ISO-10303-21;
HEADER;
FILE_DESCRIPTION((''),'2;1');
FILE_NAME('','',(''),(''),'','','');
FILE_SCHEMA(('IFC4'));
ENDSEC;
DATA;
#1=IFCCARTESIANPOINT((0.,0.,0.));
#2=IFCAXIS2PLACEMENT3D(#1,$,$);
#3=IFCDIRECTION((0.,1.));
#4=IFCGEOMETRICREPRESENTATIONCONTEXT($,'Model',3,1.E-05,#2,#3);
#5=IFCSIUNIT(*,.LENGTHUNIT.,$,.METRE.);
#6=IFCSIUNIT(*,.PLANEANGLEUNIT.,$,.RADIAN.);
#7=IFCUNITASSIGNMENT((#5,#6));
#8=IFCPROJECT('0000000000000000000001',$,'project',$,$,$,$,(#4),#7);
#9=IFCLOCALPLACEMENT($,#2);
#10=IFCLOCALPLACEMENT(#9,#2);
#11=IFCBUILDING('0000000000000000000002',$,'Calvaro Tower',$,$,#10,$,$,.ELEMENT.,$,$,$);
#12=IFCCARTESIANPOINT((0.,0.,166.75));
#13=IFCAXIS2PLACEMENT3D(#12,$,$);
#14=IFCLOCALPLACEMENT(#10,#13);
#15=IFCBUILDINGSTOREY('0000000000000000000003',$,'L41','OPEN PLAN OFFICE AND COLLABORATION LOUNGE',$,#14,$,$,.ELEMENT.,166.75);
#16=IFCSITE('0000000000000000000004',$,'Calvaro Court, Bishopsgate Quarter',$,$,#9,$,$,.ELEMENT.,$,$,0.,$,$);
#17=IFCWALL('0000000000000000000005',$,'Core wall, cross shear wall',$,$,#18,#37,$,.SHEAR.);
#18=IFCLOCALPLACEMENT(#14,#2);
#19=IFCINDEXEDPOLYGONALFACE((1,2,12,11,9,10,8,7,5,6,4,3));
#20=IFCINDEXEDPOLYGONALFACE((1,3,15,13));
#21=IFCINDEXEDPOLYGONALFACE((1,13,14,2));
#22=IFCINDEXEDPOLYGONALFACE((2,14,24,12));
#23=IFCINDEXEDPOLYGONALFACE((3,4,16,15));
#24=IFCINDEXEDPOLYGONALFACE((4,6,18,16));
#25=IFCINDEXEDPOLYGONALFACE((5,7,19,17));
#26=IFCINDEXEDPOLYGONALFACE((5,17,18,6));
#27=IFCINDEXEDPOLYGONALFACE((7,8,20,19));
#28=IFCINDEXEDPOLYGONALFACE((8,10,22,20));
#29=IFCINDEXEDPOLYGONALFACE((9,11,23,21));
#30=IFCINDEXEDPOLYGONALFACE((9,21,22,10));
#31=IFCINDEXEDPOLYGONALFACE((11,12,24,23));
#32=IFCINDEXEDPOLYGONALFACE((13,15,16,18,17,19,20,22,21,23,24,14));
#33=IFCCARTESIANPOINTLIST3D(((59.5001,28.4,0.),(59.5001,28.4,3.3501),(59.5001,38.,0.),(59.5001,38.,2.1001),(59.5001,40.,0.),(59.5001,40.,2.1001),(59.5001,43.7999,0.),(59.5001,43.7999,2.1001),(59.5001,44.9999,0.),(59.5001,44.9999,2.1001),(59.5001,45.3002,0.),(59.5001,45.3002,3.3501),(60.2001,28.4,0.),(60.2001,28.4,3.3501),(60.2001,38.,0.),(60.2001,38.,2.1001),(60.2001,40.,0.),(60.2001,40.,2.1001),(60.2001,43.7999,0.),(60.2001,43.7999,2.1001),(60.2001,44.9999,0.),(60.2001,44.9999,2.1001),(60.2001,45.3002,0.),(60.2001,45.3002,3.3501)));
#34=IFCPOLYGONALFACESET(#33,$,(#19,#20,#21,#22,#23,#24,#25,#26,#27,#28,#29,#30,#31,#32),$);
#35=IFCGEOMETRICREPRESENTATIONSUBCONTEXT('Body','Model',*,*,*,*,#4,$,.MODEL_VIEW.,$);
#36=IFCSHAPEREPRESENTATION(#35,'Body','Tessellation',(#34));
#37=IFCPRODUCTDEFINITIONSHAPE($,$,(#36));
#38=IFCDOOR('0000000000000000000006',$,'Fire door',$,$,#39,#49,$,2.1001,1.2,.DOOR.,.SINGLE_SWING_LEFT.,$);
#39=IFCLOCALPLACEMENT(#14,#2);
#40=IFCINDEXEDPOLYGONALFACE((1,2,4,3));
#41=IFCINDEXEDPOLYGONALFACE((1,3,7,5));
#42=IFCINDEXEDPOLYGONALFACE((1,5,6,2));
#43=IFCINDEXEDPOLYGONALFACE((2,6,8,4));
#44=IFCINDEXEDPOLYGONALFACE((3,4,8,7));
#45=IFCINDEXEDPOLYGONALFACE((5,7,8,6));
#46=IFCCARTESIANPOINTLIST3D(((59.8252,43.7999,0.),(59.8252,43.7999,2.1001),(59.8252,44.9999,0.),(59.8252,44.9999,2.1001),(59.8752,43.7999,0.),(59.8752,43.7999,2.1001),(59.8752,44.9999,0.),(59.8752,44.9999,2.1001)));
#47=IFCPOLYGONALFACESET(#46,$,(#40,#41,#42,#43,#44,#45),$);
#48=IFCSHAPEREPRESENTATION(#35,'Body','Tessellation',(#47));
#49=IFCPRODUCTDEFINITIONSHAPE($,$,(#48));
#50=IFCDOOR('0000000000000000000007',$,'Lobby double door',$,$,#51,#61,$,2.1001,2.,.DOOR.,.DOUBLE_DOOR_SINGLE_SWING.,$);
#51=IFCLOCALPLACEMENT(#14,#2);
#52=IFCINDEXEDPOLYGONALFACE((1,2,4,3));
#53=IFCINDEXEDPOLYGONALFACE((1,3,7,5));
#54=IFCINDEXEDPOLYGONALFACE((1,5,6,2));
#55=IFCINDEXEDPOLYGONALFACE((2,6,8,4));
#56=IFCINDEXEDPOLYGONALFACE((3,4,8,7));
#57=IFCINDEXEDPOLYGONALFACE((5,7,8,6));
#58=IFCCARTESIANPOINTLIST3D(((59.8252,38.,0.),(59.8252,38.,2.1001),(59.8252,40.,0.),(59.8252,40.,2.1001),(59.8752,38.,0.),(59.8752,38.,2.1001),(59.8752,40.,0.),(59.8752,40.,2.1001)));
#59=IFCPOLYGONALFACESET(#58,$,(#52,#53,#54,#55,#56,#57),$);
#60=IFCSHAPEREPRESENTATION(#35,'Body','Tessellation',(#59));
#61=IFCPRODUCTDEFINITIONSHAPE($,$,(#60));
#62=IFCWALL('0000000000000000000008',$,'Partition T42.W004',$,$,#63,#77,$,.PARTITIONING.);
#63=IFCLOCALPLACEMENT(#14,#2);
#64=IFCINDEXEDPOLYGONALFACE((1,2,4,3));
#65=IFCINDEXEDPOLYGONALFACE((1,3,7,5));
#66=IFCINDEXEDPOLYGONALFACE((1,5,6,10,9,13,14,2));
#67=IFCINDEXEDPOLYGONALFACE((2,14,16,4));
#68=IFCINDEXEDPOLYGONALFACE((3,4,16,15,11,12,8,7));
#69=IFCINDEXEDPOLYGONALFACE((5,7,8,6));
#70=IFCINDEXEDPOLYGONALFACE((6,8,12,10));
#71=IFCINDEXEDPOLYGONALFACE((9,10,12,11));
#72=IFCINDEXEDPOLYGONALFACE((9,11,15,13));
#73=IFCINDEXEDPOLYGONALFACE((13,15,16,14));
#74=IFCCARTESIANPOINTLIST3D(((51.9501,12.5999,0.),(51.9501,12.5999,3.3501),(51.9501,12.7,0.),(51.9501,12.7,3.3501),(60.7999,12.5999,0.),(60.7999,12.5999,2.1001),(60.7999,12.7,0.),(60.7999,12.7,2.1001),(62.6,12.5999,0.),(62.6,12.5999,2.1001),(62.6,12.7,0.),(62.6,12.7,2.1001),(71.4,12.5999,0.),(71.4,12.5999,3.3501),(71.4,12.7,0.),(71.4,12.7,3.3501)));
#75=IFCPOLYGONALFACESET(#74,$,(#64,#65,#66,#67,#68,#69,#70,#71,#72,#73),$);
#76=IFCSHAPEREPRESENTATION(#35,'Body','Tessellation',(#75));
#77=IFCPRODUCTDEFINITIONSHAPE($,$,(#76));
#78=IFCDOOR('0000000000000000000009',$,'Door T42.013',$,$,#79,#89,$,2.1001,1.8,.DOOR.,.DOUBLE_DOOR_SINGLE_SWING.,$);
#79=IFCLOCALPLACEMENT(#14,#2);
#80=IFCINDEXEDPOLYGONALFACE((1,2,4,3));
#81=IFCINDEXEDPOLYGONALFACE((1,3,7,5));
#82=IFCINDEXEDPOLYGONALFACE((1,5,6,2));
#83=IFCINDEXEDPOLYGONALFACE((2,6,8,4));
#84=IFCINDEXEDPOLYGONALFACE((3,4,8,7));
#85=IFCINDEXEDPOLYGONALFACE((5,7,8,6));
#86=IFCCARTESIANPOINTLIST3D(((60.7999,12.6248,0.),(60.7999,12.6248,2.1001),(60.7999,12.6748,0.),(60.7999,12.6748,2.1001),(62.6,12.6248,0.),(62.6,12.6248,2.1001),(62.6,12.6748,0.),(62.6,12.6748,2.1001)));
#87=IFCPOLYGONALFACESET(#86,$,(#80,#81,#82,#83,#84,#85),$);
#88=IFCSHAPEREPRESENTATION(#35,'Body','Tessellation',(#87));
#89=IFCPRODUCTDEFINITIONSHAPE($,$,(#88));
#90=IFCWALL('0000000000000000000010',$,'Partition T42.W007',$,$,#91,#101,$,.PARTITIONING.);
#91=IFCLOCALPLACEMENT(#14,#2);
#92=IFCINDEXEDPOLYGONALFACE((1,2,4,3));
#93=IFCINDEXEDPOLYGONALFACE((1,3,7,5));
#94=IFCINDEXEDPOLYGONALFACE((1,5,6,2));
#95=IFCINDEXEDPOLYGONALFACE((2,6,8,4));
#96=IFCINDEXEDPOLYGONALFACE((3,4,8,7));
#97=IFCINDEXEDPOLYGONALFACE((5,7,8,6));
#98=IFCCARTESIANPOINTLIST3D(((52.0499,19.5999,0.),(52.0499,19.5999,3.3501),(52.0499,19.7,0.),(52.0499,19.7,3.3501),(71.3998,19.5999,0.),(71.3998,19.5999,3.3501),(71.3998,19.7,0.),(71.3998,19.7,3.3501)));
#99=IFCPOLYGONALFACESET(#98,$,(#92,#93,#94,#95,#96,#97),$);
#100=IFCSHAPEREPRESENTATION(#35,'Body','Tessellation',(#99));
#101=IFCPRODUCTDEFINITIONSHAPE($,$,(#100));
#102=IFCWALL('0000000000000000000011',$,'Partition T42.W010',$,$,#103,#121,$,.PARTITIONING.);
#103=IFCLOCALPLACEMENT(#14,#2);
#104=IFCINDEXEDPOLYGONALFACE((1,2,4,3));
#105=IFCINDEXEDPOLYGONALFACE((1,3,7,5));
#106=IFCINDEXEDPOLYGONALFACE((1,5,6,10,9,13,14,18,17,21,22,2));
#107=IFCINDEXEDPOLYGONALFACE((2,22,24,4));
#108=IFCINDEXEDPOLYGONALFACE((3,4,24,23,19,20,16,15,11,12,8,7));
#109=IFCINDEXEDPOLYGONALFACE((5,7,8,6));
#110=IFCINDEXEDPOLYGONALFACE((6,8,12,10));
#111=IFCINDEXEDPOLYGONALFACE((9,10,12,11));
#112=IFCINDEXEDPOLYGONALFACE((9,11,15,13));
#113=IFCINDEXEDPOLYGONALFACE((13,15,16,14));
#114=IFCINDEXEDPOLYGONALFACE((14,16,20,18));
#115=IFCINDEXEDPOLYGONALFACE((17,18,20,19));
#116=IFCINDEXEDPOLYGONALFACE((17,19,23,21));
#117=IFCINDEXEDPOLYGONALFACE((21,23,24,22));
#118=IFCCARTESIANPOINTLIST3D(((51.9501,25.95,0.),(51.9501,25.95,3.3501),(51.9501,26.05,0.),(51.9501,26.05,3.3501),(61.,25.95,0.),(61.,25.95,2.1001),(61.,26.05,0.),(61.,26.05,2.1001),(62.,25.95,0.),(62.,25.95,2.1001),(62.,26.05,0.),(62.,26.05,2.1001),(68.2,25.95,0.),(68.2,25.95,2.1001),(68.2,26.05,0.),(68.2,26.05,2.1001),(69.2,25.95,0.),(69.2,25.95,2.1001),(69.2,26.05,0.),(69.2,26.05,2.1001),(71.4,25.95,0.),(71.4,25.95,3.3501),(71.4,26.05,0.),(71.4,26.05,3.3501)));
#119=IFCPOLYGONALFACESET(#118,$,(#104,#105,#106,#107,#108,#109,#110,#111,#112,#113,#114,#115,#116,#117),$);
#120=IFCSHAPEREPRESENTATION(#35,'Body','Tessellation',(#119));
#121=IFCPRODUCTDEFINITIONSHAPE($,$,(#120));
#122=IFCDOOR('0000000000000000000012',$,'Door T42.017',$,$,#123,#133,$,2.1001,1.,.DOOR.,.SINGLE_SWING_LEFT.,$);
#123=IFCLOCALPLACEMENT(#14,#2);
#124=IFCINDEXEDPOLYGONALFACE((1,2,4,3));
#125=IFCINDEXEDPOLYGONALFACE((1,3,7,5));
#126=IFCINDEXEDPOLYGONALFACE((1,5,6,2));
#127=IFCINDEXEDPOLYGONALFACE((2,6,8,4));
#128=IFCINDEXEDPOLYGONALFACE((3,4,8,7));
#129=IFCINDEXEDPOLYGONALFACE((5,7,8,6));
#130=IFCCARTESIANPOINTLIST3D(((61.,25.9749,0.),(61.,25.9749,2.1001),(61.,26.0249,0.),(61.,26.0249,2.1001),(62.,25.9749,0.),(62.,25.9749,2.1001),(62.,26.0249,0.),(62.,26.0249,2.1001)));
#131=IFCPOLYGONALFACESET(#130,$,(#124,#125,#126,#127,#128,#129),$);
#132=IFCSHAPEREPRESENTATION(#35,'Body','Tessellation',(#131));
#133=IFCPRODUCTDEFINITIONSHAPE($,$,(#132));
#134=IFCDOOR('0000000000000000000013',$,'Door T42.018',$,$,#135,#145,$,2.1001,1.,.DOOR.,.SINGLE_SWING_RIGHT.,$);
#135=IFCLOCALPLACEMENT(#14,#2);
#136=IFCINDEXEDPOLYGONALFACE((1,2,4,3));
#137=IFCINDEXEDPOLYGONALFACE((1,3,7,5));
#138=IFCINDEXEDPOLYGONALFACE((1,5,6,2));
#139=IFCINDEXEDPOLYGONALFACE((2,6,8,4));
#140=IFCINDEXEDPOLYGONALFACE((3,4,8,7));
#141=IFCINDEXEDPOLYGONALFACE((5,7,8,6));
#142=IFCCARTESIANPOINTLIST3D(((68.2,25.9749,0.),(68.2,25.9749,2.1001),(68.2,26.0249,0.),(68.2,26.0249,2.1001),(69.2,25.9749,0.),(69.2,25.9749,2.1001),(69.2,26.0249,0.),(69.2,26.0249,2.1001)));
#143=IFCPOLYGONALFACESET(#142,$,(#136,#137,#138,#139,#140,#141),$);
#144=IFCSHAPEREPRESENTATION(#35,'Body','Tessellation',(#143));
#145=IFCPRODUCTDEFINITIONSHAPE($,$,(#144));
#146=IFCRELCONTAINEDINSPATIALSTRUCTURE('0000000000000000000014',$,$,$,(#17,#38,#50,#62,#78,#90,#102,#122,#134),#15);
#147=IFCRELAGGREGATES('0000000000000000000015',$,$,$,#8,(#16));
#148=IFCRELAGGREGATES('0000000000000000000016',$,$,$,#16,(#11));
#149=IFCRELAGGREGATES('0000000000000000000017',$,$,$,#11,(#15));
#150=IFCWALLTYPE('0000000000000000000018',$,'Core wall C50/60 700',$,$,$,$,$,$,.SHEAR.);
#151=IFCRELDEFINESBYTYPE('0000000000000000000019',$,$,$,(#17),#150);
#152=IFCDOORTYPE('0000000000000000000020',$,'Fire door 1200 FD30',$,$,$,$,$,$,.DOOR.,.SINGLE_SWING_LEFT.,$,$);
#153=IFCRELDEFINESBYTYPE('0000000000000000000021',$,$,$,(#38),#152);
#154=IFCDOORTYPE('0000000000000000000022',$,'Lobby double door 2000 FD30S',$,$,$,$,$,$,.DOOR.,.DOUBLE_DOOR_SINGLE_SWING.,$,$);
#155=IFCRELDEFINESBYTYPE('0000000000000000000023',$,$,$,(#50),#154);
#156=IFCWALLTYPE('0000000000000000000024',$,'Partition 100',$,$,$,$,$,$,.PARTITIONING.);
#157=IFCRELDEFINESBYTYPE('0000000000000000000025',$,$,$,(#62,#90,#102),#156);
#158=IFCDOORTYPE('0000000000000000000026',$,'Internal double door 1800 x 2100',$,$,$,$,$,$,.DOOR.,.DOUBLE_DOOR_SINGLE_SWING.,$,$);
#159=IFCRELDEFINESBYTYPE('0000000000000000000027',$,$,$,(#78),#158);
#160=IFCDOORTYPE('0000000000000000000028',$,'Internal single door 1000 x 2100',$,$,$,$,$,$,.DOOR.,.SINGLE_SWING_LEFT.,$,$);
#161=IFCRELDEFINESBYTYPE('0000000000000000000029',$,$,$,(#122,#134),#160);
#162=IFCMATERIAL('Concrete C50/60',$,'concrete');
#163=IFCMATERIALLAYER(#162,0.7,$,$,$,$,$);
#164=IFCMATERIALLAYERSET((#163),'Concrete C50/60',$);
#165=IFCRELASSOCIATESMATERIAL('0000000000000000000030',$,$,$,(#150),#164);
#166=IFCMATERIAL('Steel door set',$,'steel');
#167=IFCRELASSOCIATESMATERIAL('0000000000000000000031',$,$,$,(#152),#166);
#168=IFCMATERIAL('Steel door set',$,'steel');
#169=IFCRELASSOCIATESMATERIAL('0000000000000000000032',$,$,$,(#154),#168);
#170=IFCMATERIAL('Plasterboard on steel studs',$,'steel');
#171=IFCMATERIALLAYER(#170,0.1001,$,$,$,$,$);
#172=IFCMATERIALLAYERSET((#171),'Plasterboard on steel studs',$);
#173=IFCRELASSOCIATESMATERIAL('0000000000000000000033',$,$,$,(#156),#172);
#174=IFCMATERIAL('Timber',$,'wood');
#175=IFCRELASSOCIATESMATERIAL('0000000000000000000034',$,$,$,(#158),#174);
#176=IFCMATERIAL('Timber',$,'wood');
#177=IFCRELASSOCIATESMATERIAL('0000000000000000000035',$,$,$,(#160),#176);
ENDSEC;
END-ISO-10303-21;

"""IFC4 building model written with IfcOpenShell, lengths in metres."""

from ifc_helpers import new_model, si_unit, direction, frame, frame_2d, origin, place, context, subcontext, project, spatial, rectangle, extrude, material, layer, layer_set, type_object, element, fill, save


model = new_model("IFC4")

# Units and contexts
model_context = context("Model", 3, precision=1e-05, world=origin(), true_north=direction((0.0, 1.0)))
body_context = subcontext(model_context, "Body", "Model", "MODEL_VIEW")
ifc_project = project(units=[si_unit("LENGTHUNIT", "METRE"), si_unit("PLANEANGLEUNIT", "RADIAN")], contexts=[model_context])

# Site, building, storey
site_placement = place(None, origin())
site = spatial("IfcSite", under=ifc_project, at=site_placement, Name="Calvaro Court, Bishopsgate Quarter", CompositionType="ELEMENT", RefElevation=0.0)
building_placement = place(site_placement, origin())
building = spatial("IfcBuilding", under=site, at=building_placement, Name="Calvaro Tower", CompositionType="ELEMENT")
storey_placement = place(building_placement, frame((0.0, 0.0, 166.75)))
storey = spatial("IfcBuildingStorey", under=building, at=storey_placement, Name="L41", Description="OPEN PLAN OFFICE AND COLLABORATION LOUNGE", CompositionType="ELEMENT", Elevation=166.75)

# Wall, openings, doors
ifc_material_1 = material(Name="Concrete C50/60", Category="concrete")
ifc_layer_1 = layer(ifc_material_1, 0.7)
ifc_layer_set_1 = layer_set([ifc_layer_1], Name="Concrete C50/60")
wall_type_1 = type_object("IfcWallType", Name="Core wall C50/60 700", PredefinedType="SHEAR", material=ifc_layer_set_1)
wall_1_placement = place(storey_placement, frame((59.8501, 28.3999, 0.0), z_axis=(0.0, 0.0, 1.0), x_axis=(0.0, 1.0, 0.0)))
wall_1 = element("IfcWall", 1, at=wall_1_placement, inside=storey, type_object=wall_type_1, Name="Core wall, cross shear wall", PredefinedType="SHEAR", context=body_context, shape_type="SweptSolid", body=[
    extrude(rectangle(XDim=16.9001, YDim=0.7, at=frame_2d((8.4502, 0.0))), origin(), (0.0, 0.0, 1.0), 3.3501),
])
opening_1_placement = place(wall_1_placement, frame((9.6001, 0.0, 0.0)))
opening_1 = element("IfcOpeningElement", 2, at=opening_1_placement, cuts=wall_1, PredefinedType="OPENING", context=body_context, shape_type="SweptSolid", body=[
    extrude(rectangle(XDim=2.0, YDim=2.1001, at=frame_2d((1.0, 1.05))), frame((0.0, 0.3599, 0.0), z_axis=(0.0, -1.0, 0.0), x_axis=(1.0, 0.0, 0.0)), (0.0, 0.0, 1.0), 0.72),
])
opening_2_placement = place(wall_1_placement, frame((15.3999, 0.0, 0.0)))
opening_2 = element("IfcOpeningElement", 3, at=opening_2_placement, cuts=wall_1, PredefinedType="OPENING", context=body_context, shape_type="SweptSolid", body=[
    extrude(rectangle(XDim=1.2, YDim=2.1001, at=frame_2d((0.6001, 1.05))), frame((0.0, 0.3599, 0.0), z_axis=(0.0, -1.0, 0.0), x_axis=(1.0, 0.0, 0.0)), (0.0, 0.0, 1.0), 0.72),
])
ifc_material_2 = material(Name="Steel door set", Category="steel")
door_type_1 = type_object("IfcDoorType", Name="Fire door 1200 FD30", OperationType="SINGLE_SWING_LEFT", PredefinedType="DOOR", material=ifc_material_2)
door_1_placement = place(opening_2_placement, origin())
door_1 = element("IfcDoor", 4, at=door_1_placement, inside=storey, type_object=door_type_1, Name="Fire door", OperationType="SINGLE_SWING_LEFT", OverallHeight=2.1001, OverallWidth=1.2, PredefinedType="DOOR", context=body_context, shape_type="SweptSolid", body=[
    extrude(rectangle(XDim=1.2, YDim=2.1001, at=frame_2d((0.6001, 1.05))), frame((0.0, 0.0249, 0.0), z_axis=(0.0, -1.0, 0.0), x_axis=(1.0, 0.0, 0.0)), (0.0, 0.0, 1.0), 0.05),
])
fill(opening_2, door_1)
ifc_material_3 = material(Name="Steel door set", Category="steel")
door_type_2 = type_object("IfcDoorType", Name="Lobby double door 2000 FD30S", OperationType="DOUBLE_DOOR_SINGLE_SWING", PredefinedType="DOOR", material=ifc_material_3)
door_2_placement = place(opening_1_placement, origin())
door_2 = element("IfcDoor", 5, at=door_2_placement, inside=storey, type_object=door_type_2, Name="Lobby double door", OperationType="DOUBLE_DOOR_SINGLE_SWING", OverallHeight=2.1001, OverallWidth=2.0, PredefinedType="DOOR", context=body_context, shape_type="SweptSolid", body=[
    extrude(rectangle(XDim=2.0, YDim=2.1001, at=frame_2d((1.0, 1.05))), frame((0.0, 0.0249, 0.0), z_axis=(0.0, -1.0, 0.0), x_axis=(1.0, 0.0, 0.0)), (0.0, 0.0, 1.0), 0.05),
])
fill(opening_1, door_2)

# Wall, opening, door
ifc_material_4 = material(Name="Plasterboard on steel studs", Category="steel")
ifc_layer_2 = layer(ifc_material_4, 0.1001)
ifc_layer_set_2 = layer_set([ifc_layer_2], Name="Plasterboard on steel studs")
wall_type_2 = type_object("IfcWallType", Name="Partition 100", PredefinedType="PARTITIONING", material=ifc_layer_set_2)
wall_2_placement = place(storey_placement, frame((51.95, 12.6499, 0.0), z_axis=(0.0, 0.0, 1.0), x_axis=(1.0, 0.0, 0.0)))
wall_2 = element("IfcWall", 6, at=wall_2_placement, inside=storey, type_object=wall_type_2, Name="Partition T42.W004", PredefinedType="PARTITIONING", context=body_context, shape_type="SweptSolid", body=[
    extrude(rectangle(XDim=19.45, YDim=0.1001, at=frame_2d((9.7251, 0.0))), origin(), (0.0, 0.0, 1.0), 3.3501),
])
opening_3_placement = place(wall_2_placement, frame((8.8501, 0.0, 0.0)))
opening_3 = element("IfcOpeningElement", 7, at=opening_3_placement, cuts=wall_2, PredefinedType="OPENING", context=body_context, shape_type="SweptSolid", body=[
    extrude(rectangle(XDim=1.8, YDim=2.1001, at=frame_2d((0.8999, 1.05))), frame((0.0, 0.0601, 0.0), z_axis=(0.0, -1.0, 0.0), x_axis=(1.0, 0.0, 0.0)), (0.0, 0.0, 1.0), 0.1201),
])
ifc_material_5 = material(Name="Timber", Category="wood")
door_type_3 = type_object("IfcDoorType", Name="Internal double door 1800 x 2100", OperationType="DOUBLE_DOOR_SINGLE_SWING", PredefinedType="DOOR", material=ifc_material_5)
door_3_placement = place(opening_3_placement, origin())
door_3 = element("IfcDoor", 8, at=door_3_placement, inside=storey, type_object=door_type_3, Name="Door T42.013", OperationType="DOUBLE_DOOR_SINGLE_SWING", OverallHeight=2.1001, OverallWidth=1.8, PredefinedType="DOOR", context=body_context, shape_type="SweptSolid", body=[
    extrude(rectangle(XDim=1.8, YDim=2.1001, at=frame_2d((0.8999, 1.05))), frame((0.0, 0.0249, 0.0), z_axis=(0.0, -1.0, 0.0), x_axis=(1.0, 0.0, 0.0)), (0.0, 0.0, 1.0), 0.05),
])
fill(opening_3, door_3)

# Wall
wall_3_placement = place(storey_placement, frame((52.05, 19.6499, 0.0), z_axis=(0.0, 0.0, 1.0), x_axis=(1.0, 0.0, 0.0)))
element("IfcWall", 9, at=wall_3_placement, inside=storey, type_object=wall_type_2, Name="Partition T42.W007", PredefinedType="PARTITIONING", context=body_context, shape_type="SweptSolid", body=[
    extrude(rectangle(XDim=19.3499, YDim=0.1001, at=frame_2d((9.6748, 0.0))), origin(), (0.0, 0.0, 1.0), 3.3501),
])

# Wall, openings, doors
wall_4_placement = place(storey_placement, frame((51.95, 26.0, 0.0), z_axis=(0.0, 0.0, 1.0), x_axis=(1.0, 0.0, 0.0)))
wall_4 = element("IfcWall", 10, at=wall_4_placement, inside=storey, type_object=wall_type_2, Name="Partition T42.W010", PredefinedType="PARTITIONING", context=body_context, shape_type="SweptSolid", body=[
    extrude(rectangle(XDim=19.45, YDim=0.1001, at=frame_2d((9.7251, 0.0))), origin(), (0.0, 0.0, 1.0), 3.3501),
])
opening_4_placement = place(wall_4_placement, frame((9.05, 0.0, 0.0)))
opening_4 = element("IfcOpeningElement", 11, at=opening_4_placement, cuts=wall_4, PredefinedType="OPENING", context=body_context, shape_type="SweptSolid", body=[
    extrude(rectangle(XDim=1.0, YDim=2.1001, at=frame_2d((0.5, 1.05))), frame((0.0, 0.0601, 0.0), z_axis=(0.0, -1.0, 0.0), x_axis=(1.0, 0.0, 0.0)), (0.0, 0.0, 1.0), 0.1201),
])
opening_5_placement = place(wall_4_placement, frame((16.25, 0.0, 0.0)))
opening_5 = element("IfcOpeningElement", 12, at=opening_5_placement, cuts=wall_4, PredefinedType="OPENING", context=body_context, shape_type="SweptSolid", body=[
    extrude(rectangle(XDim=1.0, YDim=2.1001, at=frame_2d((0.5, 1.05))), frame((0.0, 0.0601, 0.0), z_axis=(0.0, -1.0, 0.0), x_axis=(1.0, 0.0, 0.0)), (0.0, 0.0, 1.0), 0.1201),
])
ifc_material_6 = material(Name="Timber", Category="wood")
door_type_4 = type_object("IfcDoorType", Name="Internal single door 1000 x 2100", OperationType="SINGLE_SWING_LEFT", PredefinedType="DOOR", material=ifc_material_6)
door_4_placement = place(opening_4_placement, origin())
door_4 = element("IfcDoor", 13, at=door_4_placement, inside=storey, type_object=door_type_4, Name="Door T42.017", OperationType="SINGLE_SWING_LEFT", OverallHeight=2.1001, OverallWidth=1.0, PredefinedType="DOOR", context=body_context, shape_type="SweptSolid", body=[
    extrude(rectangle(XDim=1.0, YDim=2.1001, at=frame_2d((0.5, 1.05))), frame((0.0, 0.0249, 0.0), z_axis=(0.0, -1.0, 0.0), x_axis=(1.0, 0.0, 0.0)), (0.0, 0.0, 1.0), 0.05),
])
fill(opening_4, door_4)
door_5_placement = place(opening_5_placement, origin())
door_5 = element("IfcDoor", 14, at=door_5_placement, inside=storey, type_object=door_type_4, Name="Door T42.018", OperationType="SINGLE_SWING_RIGHT", OverallHeight=2.1001, OverallWidth=1.0, PredefinedType="DOOR", context=body_context, shape_type="SweptSolid", body=[
    extrude(rectangle(XDim=1.0, YDim=2.1001, at=frame_2d((0.5, 1.05))), frame((0.0, 0.0249, 0.0), z_axis=(0.0, -1.0, 0.0), x_axis=(1.0, 0.0, 0.0)), (0.0, 0.0, 1.0), 0.05),
])
fill(opening_5, door_5)

save(model, "model.ifc")
